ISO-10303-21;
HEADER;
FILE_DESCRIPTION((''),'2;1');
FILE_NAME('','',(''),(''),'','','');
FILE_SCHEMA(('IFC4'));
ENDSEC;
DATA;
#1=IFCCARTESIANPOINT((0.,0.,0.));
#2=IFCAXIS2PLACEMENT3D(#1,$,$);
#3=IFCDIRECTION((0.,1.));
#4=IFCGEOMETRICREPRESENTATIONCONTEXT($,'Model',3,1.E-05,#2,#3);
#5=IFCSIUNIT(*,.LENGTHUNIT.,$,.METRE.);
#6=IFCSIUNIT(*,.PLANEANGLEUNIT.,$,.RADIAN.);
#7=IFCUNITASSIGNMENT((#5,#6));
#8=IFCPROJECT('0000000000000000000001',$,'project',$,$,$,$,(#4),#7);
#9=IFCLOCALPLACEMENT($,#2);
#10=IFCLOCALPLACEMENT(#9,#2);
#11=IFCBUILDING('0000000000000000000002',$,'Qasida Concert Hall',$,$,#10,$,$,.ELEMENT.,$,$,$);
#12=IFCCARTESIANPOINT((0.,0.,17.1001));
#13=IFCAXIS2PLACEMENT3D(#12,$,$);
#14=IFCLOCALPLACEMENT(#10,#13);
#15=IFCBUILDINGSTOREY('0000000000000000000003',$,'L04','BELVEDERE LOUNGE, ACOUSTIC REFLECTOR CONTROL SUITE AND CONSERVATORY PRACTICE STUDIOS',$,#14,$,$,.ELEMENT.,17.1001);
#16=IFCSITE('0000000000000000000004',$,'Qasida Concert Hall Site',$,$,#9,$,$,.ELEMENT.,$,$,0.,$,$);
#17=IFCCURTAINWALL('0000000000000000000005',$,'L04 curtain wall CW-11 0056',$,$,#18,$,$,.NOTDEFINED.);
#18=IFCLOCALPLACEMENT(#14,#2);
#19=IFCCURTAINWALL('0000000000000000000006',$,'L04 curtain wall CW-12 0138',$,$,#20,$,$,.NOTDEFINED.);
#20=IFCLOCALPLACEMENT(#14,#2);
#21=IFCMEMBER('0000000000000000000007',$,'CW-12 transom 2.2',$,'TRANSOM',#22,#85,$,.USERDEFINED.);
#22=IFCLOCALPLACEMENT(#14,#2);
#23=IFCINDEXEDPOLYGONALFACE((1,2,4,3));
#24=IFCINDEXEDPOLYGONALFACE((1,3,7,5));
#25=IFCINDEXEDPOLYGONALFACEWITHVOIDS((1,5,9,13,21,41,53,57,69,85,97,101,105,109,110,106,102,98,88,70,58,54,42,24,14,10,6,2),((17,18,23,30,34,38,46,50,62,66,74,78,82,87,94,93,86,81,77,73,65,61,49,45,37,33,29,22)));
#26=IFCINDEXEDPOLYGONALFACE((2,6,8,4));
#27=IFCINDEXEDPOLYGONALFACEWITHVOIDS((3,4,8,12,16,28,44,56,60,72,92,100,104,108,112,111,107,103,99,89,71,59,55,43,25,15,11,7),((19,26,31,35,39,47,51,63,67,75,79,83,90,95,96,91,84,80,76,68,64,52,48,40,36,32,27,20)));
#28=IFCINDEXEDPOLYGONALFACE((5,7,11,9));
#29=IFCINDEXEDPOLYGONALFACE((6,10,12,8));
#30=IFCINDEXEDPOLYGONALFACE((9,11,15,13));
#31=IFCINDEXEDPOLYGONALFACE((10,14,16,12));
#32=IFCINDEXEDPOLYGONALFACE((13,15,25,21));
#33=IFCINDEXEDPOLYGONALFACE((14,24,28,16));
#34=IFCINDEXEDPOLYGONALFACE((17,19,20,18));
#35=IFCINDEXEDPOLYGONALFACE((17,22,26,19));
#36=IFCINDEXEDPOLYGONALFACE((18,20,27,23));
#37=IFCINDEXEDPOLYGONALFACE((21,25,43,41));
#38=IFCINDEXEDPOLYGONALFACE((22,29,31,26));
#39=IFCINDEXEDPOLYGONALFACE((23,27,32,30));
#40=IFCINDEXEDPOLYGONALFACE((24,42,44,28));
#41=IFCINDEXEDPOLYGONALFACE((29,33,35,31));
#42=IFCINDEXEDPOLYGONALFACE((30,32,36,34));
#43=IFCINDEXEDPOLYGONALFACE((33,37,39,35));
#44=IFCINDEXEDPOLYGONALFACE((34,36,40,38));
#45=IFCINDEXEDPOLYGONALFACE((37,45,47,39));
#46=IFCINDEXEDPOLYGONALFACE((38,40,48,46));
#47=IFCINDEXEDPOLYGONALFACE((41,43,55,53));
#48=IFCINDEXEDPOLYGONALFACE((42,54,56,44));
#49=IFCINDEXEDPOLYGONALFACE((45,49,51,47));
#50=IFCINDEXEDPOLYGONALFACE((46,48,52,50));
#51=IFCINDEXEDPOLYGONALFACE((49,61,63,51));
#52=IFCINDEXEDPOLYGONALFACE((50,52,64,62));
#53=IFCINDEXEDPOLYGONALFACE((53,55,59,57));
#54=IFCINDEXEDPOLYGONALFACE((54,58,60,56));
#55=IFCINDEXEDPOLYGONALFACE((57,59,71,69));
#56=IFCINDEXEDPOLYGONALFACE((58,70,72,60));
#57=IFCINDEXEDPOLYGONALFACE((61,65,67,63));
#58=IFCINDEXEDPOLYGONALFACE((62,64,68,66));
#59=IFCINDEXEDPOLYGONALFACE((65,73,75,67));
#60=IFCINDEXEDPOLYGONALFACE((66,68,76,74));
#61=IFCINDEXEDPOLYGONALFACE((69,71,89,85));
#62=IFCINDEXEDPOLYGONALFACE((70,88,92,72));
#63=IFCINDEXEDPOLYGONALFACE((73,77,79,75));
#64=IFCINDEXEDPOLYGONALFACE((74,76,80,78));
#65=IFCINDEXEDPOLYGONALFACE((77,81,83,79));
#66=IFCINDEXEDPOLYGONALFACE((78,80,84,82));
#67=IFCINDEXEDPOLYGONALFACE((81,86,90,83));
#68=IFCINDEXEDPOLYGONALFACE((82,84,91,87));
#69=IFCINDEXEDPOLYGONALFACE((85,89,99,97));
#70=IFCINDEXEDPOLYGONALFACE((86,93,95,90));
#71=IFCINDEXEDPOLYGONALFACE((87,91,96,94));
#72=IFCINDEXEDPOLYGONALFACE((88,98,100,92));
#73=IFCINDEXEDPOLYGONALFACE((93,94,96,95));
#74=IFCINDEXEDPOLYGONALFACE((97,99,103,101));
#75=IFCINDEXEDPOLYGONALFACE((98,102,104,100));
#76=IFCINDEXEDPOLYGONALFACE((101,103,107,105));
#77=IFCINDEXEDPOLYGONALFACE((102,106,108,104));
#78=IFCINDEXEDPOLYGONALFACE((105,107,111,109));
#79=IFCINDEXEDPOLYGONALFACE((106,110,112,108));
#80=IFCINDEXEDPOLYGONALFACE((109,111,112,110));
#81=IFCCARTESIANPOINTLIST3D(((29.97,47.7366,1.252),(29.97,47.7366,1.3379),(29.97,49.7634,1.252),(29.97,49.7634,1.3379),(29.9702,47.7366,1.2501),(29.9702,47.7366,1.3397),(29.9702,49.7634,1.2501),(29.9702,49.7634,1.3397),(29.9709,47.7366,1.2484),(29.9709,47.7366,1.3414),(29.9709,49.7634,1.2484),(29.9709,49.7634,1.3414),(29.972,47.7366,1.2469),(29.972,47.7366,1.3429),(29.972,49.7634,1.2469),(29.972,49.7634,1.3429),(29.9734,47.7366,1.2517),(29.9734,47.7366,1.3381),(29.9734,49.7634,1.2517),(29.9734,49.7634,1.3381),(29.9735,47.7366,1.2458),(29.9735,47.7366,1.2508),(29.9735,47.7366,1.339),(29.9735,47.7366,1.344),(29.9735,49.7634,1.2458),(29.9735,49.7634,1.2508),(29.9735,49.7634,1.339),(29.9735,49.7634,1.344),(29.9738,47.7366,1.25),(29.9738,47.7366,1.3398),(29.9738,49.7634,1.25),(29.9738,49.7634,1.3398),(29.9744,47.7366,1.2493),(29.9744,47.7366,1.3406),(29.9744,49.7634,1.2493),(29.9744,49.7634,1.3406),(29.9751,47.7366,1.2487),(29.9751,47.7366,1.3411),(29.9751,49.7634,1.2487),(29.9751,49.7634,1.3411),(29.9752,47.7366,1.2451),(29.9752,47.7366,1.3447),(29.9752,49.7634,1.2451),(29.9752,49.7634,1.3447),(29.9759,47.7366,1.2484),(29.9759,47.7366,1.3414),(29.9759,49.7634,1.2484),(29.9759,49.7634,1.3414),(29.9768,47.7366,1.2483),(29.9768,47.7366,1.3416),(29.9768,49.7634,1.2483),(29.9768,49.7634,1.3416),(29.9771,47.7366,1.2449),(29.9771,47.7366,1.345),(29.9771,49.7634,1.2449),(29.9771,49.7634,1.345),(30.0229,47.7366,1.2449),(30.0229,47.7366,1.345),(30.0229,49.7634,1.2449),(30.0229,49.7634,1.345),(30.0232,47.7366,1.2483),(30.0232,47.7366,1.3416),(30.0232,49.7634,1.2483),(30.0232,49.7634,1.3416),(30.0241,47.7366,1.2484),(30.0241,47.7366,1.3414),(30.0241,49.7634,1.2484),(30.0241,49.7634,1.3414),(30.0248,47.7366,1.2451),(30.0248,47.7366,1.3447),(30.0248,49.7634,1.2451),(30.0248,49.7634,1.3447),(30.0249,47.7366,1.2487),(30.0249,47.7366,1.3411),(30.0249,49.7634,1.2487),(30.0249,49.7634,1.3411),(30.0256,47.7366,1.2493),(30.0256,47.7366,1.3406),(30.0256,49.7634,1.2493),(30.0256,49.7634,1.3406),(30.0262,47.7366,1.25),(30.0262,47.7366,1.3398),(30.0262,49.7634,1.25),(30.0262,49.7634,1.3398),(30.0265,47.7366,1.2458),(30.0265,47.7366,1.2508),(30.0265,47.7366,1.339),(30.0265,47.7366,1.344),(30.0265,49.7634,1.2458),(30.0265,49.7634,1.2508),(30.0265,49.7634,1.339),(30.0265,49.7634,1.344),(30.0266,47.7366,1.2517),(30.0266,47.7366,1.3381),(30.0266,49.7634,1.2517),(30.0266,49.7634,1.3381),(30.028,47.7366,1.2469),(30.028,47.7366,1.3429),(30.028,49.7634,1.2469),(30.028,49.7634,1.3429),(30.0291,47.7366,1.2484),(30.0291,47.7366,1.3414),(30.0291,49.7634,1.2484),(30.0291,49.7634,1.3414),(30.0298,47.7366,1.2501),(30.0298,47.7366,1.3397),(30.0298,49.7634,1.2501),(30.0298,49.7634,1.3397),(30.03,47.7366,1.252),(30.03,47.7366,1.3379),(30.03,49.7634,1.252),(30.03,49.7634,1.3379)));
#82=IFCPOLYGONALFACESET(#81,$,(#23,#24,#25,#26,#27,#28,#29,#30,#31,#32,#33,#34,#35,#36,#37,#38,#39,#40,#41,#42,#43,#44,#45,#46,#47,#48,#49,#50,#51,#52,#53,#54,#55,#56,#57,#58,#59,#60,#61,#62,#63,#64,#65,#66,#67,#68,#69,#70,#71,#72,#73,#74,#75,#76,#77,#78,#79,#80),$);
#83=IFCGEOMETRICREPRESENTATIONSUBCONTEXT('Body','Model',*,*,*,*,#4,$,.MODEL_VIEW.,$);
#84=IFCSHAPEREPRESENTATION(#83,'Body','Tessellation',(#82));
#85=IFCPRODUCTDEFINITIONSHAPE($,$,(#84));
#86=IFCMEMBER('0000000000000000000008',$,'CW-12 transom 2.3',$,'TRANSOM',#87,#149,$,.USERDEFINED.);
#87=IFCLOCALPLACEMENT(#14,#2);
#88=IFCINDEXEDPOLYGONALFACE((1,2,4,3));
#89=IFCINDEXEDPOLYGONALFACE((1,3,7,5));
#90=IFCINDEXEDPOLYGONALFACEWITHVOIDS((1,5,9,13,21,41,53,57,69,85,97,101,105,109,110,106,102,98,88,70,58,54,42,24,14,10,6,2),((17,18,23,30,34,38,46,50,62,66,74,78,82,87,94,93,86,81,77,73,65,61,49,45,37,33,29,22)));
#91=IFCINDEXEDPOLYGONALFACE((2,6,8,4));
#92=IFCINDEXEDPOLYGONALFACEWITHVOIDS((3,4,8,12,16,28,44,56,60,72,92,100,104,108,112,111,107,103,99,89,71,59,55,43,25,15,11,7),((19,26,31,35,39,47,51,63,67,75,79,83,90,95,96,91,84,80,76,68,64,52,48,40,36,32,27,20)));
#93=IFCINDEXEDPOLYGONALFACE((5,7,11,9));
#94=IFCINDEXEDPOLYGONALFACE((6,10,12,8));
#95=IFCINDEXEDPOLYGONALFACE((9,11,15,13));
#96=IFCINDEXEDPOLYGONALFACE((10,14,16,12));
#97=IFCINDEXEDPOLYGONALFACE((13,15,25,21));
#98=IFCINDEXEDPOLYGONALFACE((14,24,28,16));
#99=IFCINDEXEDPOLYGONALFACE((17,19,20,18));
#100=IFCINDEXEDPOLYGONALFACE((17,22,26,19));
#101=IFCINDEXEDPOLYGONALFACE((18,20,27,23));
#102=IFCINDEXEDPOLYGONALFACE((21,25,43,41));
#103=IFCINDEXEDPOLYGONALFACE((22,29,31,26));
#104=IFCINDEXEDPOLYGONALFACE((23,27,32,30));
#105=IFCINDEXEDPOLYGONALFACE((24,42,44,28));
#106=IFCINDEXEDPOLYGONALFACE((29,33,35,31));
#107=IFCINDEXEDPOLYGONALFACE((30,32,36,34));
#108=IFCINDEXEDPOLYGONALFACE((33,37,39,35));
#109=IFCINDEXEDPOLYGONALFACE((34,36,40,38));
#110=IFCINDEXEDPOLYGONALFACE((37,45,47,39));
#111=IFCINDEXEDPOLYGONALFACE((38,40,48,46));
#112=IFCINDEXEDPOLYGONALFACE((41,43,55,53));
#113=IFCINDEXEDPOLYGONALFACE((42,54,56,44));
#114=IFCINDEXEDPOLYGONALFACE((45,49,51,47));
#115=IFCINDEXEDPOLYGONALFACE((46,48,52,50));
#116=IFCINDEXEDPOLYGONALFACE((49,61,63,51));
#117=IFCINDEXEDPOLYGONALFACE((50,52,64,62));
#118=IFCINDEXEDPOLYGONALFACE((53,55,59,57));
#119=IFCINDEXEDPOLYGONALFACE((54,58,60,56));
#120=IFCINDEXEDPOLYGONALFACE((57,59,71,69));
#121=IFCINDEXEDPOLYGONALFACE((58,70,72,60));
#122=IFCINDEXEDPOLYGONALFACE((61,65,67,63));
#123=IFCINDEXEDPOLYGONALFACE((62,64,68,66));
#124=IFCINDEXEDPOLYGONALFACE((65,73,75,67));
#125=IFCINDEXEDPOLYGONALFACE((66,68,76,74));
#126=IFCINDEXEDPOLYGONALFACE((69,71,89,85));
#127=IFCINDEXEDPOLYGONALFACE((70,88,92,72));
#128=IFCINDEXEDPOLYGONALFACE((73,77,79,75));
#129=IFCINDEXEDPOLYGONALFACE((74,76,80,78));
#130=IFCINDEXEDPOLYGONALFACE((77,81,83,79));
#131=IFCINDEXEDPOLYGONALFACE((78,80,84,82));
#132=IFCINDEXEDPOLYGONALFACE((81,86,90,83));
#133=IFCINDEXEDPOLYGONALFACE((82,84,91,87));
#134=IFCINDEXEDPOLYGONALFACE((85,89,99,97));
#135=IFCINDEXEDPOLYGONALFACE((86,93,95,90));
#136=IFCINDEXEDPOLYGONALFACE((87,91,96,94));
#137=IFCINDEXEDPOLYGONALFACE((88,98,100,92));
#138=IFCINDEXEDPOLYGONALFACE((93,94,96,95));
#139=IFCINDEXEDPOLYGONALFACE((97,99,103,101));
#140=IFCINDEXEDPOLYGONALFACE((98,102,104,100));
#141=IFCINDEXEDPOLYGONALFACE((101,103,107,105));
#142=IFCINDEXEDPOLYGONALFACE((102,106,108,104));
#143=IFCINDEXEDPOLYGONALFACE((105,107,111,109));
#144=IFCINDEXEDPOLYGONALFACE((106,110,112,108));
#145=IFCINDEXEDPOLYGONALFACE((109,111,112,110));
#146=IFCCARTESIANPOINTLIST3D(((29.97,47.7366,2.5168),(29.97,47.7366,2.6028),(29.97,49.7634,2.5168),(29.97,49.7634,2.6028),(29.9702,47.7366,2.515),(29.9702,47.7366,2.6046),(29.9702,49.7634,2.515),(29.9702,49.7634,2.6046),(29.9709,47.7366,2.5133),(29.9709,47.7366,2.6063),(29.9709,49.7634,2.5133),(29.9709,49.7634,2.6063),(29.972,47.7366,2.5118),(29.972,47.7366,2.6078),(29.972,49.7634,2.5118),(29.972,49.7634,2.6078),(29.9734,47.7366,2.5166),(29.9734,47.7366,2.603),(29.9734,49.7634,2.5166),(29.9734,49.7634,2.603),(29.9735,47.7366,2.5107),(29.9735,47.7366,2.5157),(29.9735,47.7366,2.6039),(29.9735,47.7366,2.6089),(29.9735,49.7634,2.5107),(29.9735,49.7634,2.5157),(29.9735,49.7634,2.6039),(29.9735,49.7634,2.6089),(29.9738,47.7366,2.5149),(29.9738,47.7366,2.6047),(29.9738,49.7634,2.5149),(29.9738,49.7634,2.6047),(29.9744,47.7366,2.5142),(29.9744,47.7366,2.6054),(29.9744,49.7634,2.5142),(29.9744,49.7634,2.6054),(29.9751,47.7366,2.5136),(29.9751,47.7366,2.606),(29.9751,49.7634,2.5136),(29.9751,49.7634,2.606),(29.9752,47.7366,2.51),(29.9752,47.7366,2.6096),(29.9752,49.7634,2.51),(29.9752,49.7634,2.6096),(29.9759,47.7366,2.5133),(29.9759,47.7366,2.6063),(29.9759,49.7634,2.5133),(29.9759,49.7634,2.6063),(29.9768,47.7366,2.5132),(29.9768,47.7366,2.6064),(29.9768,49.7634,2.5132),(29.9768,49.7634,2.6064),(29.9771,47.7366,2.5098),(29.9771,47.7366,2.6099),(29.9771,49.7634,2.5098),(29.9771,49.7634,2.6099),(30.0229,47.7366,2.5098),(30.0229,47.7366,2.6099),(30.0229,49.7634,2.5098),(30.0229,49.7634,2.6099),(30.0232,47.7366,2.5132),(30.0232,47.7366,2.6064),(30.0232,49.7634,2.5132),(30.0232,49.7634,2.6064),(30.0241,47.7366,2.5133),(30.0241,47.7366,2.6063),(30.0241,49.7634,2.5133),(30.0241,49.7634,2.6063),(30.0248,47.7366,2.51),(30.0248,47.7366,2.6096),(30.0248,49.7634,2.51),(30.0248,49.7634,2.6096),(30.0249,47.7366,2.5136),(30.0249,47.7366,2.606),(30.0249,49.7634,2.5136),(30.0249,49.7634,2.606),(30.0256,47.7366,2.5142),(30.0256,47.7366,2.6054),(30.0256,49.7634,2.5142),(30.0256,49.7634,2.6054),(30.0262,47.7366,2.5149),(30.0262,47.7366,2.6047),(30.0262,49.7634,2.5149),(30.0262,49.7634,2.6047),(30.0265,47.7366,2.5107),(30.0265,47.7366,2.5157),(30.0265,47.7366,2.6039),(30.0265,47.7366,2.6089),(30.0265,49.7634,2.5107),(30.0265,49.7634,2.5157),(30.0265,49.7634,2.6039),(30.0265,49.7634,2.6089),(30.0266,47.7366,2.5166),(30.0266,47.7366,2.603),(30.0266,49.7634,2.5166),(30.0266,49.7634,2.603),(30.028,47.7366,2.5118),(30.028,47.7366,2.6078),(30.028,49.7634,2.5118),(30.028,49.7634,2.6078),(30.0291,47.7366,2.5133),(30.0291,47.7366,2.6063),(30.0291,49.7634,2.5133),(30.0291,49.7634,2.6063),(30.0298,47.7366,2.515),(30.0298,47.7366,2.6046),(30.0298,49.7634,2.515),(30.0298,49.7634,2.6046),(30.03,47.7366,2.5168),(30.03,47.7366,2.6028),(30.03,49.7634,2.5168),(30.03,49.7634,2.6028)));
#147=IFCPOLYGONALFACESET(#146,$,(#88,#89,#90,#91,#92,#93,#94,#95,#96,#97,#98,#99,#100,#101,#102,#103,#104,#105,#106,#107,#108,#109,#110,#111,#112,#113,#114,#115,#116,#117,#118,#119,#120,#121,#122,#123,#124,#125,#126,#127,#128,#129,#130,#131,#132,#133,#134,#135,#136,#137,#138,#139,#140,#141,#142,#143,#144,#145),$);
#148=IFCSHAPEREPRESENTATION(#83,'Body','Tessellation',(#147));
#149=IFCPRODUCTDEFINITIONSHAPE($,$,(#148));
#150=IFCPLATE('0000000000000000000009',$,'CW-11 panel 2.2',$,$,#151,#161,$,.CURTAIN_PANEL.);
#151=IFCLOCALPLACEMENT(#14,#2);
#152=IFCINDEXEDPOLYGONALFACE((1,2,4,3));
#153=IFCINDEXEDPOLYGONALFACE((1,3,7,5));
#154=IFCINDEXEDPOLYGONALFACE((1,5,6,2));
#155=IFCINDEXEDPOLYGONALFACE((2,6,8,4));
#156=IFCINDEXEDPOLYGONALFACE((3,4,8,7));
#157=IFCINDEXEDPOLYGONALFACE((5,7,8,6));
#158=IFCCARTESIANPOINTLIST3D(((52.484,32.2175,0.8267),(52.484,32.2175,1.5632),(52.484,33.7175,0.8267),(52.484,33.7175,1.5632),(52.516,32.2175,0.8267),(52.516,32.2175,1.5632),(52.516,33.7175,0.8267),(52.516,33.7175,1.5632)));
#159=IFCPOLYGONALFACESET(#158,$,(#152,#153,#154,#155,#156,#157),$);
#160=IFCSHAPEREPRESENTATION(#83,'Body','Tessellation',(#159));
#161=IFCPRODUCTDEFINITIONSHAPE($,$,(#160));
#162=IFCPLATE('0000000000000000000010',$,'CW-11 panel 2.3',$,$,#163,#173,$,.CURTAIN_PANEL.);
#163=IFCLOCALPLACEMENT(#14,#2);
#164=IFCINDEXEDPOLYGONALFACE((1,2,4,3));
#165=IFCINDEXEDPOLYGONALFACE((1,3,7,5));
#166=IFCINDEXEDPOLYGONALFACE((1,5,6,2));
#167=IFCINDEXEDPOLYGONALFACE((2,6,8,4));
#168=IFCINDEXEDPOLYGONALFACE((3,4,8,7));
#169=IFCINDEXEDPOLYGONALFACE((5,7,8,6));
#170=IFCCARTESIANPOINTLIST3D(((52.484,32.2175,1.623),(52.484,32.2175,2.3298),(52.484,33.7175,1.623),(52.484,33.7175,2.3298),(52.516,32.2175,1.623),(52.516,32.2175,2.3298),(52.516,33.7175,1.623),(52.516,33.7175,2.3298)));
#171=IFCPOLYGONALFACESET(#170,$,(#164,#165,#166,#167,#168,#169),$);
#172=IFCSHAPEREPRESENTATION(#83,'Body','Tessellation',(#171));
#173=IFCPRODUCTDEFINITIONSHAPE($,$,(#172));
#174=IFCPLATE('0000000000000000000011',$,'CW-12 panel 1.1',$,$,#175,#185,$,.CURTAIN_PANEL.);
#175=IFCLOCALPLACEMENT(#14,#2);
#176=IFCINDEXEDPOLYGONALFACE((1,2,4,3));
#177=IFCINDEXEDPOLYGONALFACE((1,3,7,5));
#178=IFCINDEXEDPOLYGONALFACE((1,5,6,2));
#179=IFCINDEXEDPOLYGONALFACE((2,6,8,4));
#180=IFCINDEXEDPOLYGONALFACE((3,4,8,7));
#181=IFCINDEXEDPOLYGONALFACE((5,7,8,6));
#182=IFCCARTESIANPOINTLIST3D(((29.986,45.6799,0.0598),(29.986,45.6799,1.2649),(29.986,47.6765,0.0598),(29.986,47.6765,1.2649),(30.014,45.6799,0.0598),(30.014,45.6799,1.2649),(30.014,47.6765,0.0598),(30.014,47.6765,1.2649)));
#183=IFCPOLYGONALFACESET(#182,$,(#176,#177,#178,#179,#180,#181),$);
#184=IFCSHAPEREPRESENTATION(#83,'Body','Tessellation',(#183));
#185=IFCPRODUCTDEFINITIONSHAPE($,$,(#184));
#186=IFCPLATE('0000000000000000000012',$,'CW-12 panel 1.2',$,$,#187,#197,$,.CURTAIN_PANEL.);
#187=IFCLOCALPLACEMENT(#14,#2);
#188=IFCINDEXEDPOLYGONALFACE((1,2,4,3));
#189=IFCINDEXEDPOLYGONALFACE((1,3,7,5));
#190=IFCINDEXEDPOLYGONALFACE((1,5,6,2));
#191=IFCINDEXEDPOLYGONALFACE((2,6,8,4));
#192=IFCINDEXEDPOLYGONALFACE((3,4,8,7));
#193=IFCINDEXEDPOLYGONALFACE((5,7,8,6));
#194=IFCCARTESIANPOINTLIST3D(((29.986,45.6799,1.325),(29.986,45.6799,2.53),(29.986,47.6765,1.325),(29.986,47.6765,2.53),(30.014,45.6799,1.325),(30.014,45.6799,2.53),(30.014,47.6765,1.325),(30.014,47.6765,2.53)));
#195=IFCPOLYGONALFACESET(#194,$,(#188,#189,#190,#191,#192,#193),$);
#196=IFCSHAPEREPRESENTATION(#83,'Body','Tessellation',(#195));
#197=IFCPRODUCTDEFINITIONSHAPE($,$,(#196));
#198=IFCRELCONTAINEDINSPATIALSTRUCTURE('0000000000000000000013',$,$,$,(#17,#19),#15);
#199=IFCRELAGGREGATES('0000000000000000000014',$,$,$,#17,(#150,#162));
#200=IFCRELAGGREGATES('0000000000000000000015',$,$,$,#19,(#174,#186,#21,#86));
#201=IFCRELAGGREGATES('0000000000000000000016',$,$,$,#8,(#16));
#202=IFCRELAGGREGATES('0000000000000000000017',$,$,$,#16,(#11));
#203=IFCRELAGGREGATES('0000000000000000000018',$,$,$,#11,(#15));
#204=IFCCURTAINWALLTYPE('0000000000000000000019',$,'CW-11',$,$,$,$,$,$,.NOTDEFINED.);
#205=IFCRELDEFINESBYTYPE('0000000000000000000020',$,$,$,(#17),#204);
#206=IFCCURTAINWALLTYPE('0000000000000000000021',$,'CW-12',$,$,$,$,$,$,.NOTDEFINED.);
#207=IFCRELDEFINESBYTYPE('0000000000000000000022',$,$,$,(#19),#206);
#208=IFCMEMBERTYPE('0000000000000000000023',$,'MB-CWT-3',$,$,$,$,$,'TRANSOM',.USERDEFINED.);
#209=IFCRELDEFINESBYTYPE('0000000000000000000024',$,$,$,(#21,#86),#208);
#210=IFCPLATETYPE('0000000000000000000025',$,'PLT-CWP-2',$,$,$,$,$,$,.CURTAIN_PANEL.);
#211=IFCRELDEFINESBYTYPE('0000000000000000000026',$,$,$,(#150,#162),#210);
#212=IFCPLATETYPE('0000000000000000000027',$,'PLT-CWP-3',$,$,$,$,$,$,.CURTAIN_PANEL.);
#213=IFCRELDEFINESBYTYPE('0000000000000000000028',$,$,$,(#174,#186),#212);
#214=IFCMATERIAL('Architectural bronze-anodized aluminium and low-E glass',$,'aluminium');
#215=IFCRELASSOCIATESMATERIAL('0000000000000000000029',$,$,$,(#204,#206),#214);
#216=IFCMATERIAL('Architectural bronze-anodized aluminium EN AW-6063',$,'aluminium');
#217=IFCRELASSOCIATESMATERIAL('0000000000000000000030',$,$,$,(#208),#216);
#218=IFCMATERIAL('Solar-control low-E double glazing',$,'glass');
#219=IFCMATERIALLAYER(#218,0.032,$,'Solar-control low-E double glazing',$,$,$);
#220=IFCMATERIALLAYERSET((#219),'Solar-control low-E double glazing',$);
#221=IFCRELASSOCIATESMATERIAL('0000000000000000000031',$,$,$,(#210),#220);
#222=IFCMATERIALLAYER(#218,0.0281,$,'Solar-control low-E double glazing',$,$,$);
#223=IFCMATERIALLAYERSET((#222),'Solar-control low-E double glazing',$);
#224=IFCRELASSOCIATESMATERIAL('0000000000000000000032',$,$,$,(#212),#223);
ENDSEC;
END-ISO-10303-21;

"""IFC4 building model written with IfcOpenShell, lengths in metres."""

from ifc_helpers import new_model, si_unit, direction, frame, origin, origin_2d, place, context, subcontext, project, spatial, rectangle, hollow_rectangle, extrude, material, layer, layer_set, material_profile, profile_set, type_object, element, aggregate, save


model = new_model("IFC4")

# Units and contexts
model_context = context("Model", 3, precision=1e-05, world=origin(), true_north=direction((0.0, 1.0)))
body_context = subcontext(model_context, "Body", "Model", "MODEL_VIEW")
ifc_project = project(units=[si_unit("LENGTHUNIT", "METRE"), si_unit("PLANEANGLEUNIT", "RADIAN")], contexts=[model_context])

# Site, building, storey
site_placement = place(None, origin())
site = spatial("IfcSite", under=ifc_project, at=site_placement, Name="Qasida Concert Hall Site", CompositionType="ELEMENT", RefElevation=0.0)
building_placement = place(site_placement, origin())
building = spatial("IfcBuilding", under=site, at=building_placement, Name="Qasida Concert Hall", CompositionType="ELEMENT")
storey_placement = place(building_placement, frame((0.0, 0.0, 17.1001)))
storey = spatial("IfcBuildingStorey", under=building, at=storey_placement, Name="L04", Description="BELVEDERE LOUNGE, ACOUSTIC REFLECTOR CONTROL SUITE AND CONSERVATORY PRACTICE STUDIOS", CompositionType="ELEMENT", Elevation=17.1001)

# Curtain wall
ifc_material_1 = material(Name="Architectural bronze-anodized aluminium and low-E glass", Category="aluminium")
curtain_wall_type_1 = type_object("IfcCurtainWallType", Name="CW-11", PredefinedType="NOTDEFINED", material=ifc_material_1)
curtain_wall_1_placement = place(storey_placement, origin())
curtain_wall_1 = element("IfcCurtainWall", 1, at=curtain_wall_1_placement, inside=storey, type_object=curtain_wall_type_1, Name="L04 curtain wall CW-11 0056", PredefinedType="NOTDEFINED")
ifc_material_2 = material(Name="Architectural bronze-anodized aluminium EN AW-6063", Category="aluminium")

# Curtain wall
curtain_wall_type_2 = type_object("IfcCurtainWallType", Name="CW-12", PredefinedType="NOTDEFINED", material=ifc_material_1)
curtain_wall_2_placement = place(storey_placement, origin())
curtain_wall_2 = element("IfcCurtainWall", 2, at=curtain_wall_2_placement, inside=storey, type_object=curtain_wall_type_2, Name="L04 curtain wall CW-12 0138", PredefinedType="NOTDEFINED")

# Members
ifc_material_profile_1 = material_profile(ifc_material_2, hollow_rectangle(XDim=0.0601, YDim=0.1001, WallThickness=0.0034, InnerFilletRadius=0.0034, OuterFilletRadius=0.0071, at=origin_2d()), Name="CWT 100x60x3.5")
ifc_profile_set_1 = profile_set([ifc_material_profile_1], Name="Architectural bronze-anodized aluminium EN AW-6063")
member_type_1 = type_object("IfcMemberType", Name="MB-CWT-3", ElementType="TRANSOM", PredefinedType="USERDEFINED", material=ifc_profile_set_1)
member_1_placement = place(storey_placement, frame((30.0, 47.7366, 1.2949), z_axis=(0.0, 1.0, 0.0), x_axis=(-1.0, 0.0, 0.0)))
member_1 = element("IfcMember", 3, at=member_1_placement, type_object=member_type_1, Name="CW-12 transom 2.2", ObjectType="TRANSOM", PredefinedType="USERDEFINED", context=body_context, shape_type="SweptSolid", body=[
    extrude(hollow_rectangle(XDim=0.0601, YDim=0.1001, WallThickness=0.0034, InnerFilletRadius=0.0034, OuterFilletRadius=0.0071, at=origin_2d()), origin(), (0.0, 0.0, 1.0), 2.0269),
])
member_2_placement = place(storey_placement, frame((30.0, 47.7366, 2.5598), z_axis=(0.0, 1.0, 0.0), x_axis=(-1.0, 0.0, 0.0)))
member_2 = element("IfcMember", 4, at=member_2_placement, type_object=member_type_1, Name="CW-12 transom 2.3", ObjectType="TRANSOM", PredefinedType="USERDEFINED", context=body_context, shape_type="SweptSolid", body=[
    extrude(hollow_rectangle(XDim=0.0601, YDim=0.1001, WallThickness=0.0034, InnerFilletRadius=0.0034, OuterFilletRadius=0.0071, at=origin_2d()), origin(), (0.0, 0.0, 1.0), 2.0269),
])

# Plates
ifc_material_3 = material(Name="Solar-control low-E double glazing", Category="glass")
ifc_layer_1 = layer(ifc_material_3, 0.032, Name="Solar-control low-E double glazing")
ifc_layer_set_1 = layer_set([ifc_layer_1], Name="Solar-control low-E double glazing")
plate_type_1 = type_object("IfcPlateType", Name="PLT-CWP-2", PredefinedType="CURTAIN_PANEL", material=ifc_layer_set_1)
plate_1_placement = place(storey_placement, frame((52.5, 32.9675, 0.8267), z_axis=(0.0, 0.0, 1.0), x_axis=(0.0, 1.0, 0.0)))
plate_1 = element("IfcPlate", 5, at=plate_1_placement, type_object=plate_type_1, Name="CW-11 panel 2.2", PredefinedType="CURTAIN_PANEL", context=body_context, shape_type="SweptSolid", body=[
    extrude(rectangle(XDim=1.5, YDim=0.032, at=origin_2d()), origin(), (0.0, 0.0, 1.0), 0.7366),
])
plate_2_placement = place(storey_placement, frame((52.5, 32.9675, 1.623), z_axis=(0.0, 0.0, 1.0), x_axis=(0.0, 1.0, 0.0)))
plate_2 = element("IfcPlate", 6, at=plate_2_placement, type_object=plate_type_1, Name="CW-11 panel 2.3", PredefinedType="CURTAIN_PANEL", context=body_context, shape_type="SweptSolid", body=[
    extrude(rectangle(XDim=1.5, YDim=0.032, at=origin_2d()), origin(), (0.0, 0.0, 1.0), 0.7068),
])
aggregate(curtain_wall_1, [plate_1, plate_2])
ifc_layer_2 = layer(ifc_material_3, 0.0281, Name="Solar-control low-E double glazing")
ifc_layer_set_2 = layer_set([ifc_layer_2], Name="Solar-control low-E double glazing")
plate_type_2 = type_object("IfcPlateType", Name="PLT-CWP-3", PredefinedType="CURTAIN_PANEL", material=ifc_layer_set_2)
plate_3_placement = place(storey_placement, frame((30.0, 46.6782, 0.0598), z_axis=(0.0, 0.0, 1.0), x_axis=(0.0, 1.0, 0.0)))
plate_3 = element("IfcPlate", 7, at=plate_3_placement, type_object=plate_type_2, Name="CW-12 panel 1.1", PredefinedType="CURTAIN_PANEL", context=body_context, shape_type="SweptSolid", body=[
    extrude(rectangle(XDim=1.9966, YDim=0.0281, at=origin_2d()), origin(), (0.0, 0.0, 1.0), 1.2051),
])
plate_4_placement = place(storey_placement, frame((30.0, 46.6782, 1.325), z_axis=(0.0, 0.0, 1.0), x_axis=(0.0, 1.0, 0.0)))
plate_4 = element("IfcPlate", 8, at=plate_4_placement, type_object=plate_type_2, Name="CW-12 panel 1.2", PredefinedType="CURTAIN_PANEL", context=body_context, shape_type="SweptSolid", body=[
    extrude(rectangle(XDim=1.9966, YDim=0.0281, at=origin_2d()), origin(), (0.0, 0.0, 1.0), 1.2051),
])
aggregate(curtain_wall_2, [plate_3, plate_4, member_1, member_2])

save(model, "model.ifc")
